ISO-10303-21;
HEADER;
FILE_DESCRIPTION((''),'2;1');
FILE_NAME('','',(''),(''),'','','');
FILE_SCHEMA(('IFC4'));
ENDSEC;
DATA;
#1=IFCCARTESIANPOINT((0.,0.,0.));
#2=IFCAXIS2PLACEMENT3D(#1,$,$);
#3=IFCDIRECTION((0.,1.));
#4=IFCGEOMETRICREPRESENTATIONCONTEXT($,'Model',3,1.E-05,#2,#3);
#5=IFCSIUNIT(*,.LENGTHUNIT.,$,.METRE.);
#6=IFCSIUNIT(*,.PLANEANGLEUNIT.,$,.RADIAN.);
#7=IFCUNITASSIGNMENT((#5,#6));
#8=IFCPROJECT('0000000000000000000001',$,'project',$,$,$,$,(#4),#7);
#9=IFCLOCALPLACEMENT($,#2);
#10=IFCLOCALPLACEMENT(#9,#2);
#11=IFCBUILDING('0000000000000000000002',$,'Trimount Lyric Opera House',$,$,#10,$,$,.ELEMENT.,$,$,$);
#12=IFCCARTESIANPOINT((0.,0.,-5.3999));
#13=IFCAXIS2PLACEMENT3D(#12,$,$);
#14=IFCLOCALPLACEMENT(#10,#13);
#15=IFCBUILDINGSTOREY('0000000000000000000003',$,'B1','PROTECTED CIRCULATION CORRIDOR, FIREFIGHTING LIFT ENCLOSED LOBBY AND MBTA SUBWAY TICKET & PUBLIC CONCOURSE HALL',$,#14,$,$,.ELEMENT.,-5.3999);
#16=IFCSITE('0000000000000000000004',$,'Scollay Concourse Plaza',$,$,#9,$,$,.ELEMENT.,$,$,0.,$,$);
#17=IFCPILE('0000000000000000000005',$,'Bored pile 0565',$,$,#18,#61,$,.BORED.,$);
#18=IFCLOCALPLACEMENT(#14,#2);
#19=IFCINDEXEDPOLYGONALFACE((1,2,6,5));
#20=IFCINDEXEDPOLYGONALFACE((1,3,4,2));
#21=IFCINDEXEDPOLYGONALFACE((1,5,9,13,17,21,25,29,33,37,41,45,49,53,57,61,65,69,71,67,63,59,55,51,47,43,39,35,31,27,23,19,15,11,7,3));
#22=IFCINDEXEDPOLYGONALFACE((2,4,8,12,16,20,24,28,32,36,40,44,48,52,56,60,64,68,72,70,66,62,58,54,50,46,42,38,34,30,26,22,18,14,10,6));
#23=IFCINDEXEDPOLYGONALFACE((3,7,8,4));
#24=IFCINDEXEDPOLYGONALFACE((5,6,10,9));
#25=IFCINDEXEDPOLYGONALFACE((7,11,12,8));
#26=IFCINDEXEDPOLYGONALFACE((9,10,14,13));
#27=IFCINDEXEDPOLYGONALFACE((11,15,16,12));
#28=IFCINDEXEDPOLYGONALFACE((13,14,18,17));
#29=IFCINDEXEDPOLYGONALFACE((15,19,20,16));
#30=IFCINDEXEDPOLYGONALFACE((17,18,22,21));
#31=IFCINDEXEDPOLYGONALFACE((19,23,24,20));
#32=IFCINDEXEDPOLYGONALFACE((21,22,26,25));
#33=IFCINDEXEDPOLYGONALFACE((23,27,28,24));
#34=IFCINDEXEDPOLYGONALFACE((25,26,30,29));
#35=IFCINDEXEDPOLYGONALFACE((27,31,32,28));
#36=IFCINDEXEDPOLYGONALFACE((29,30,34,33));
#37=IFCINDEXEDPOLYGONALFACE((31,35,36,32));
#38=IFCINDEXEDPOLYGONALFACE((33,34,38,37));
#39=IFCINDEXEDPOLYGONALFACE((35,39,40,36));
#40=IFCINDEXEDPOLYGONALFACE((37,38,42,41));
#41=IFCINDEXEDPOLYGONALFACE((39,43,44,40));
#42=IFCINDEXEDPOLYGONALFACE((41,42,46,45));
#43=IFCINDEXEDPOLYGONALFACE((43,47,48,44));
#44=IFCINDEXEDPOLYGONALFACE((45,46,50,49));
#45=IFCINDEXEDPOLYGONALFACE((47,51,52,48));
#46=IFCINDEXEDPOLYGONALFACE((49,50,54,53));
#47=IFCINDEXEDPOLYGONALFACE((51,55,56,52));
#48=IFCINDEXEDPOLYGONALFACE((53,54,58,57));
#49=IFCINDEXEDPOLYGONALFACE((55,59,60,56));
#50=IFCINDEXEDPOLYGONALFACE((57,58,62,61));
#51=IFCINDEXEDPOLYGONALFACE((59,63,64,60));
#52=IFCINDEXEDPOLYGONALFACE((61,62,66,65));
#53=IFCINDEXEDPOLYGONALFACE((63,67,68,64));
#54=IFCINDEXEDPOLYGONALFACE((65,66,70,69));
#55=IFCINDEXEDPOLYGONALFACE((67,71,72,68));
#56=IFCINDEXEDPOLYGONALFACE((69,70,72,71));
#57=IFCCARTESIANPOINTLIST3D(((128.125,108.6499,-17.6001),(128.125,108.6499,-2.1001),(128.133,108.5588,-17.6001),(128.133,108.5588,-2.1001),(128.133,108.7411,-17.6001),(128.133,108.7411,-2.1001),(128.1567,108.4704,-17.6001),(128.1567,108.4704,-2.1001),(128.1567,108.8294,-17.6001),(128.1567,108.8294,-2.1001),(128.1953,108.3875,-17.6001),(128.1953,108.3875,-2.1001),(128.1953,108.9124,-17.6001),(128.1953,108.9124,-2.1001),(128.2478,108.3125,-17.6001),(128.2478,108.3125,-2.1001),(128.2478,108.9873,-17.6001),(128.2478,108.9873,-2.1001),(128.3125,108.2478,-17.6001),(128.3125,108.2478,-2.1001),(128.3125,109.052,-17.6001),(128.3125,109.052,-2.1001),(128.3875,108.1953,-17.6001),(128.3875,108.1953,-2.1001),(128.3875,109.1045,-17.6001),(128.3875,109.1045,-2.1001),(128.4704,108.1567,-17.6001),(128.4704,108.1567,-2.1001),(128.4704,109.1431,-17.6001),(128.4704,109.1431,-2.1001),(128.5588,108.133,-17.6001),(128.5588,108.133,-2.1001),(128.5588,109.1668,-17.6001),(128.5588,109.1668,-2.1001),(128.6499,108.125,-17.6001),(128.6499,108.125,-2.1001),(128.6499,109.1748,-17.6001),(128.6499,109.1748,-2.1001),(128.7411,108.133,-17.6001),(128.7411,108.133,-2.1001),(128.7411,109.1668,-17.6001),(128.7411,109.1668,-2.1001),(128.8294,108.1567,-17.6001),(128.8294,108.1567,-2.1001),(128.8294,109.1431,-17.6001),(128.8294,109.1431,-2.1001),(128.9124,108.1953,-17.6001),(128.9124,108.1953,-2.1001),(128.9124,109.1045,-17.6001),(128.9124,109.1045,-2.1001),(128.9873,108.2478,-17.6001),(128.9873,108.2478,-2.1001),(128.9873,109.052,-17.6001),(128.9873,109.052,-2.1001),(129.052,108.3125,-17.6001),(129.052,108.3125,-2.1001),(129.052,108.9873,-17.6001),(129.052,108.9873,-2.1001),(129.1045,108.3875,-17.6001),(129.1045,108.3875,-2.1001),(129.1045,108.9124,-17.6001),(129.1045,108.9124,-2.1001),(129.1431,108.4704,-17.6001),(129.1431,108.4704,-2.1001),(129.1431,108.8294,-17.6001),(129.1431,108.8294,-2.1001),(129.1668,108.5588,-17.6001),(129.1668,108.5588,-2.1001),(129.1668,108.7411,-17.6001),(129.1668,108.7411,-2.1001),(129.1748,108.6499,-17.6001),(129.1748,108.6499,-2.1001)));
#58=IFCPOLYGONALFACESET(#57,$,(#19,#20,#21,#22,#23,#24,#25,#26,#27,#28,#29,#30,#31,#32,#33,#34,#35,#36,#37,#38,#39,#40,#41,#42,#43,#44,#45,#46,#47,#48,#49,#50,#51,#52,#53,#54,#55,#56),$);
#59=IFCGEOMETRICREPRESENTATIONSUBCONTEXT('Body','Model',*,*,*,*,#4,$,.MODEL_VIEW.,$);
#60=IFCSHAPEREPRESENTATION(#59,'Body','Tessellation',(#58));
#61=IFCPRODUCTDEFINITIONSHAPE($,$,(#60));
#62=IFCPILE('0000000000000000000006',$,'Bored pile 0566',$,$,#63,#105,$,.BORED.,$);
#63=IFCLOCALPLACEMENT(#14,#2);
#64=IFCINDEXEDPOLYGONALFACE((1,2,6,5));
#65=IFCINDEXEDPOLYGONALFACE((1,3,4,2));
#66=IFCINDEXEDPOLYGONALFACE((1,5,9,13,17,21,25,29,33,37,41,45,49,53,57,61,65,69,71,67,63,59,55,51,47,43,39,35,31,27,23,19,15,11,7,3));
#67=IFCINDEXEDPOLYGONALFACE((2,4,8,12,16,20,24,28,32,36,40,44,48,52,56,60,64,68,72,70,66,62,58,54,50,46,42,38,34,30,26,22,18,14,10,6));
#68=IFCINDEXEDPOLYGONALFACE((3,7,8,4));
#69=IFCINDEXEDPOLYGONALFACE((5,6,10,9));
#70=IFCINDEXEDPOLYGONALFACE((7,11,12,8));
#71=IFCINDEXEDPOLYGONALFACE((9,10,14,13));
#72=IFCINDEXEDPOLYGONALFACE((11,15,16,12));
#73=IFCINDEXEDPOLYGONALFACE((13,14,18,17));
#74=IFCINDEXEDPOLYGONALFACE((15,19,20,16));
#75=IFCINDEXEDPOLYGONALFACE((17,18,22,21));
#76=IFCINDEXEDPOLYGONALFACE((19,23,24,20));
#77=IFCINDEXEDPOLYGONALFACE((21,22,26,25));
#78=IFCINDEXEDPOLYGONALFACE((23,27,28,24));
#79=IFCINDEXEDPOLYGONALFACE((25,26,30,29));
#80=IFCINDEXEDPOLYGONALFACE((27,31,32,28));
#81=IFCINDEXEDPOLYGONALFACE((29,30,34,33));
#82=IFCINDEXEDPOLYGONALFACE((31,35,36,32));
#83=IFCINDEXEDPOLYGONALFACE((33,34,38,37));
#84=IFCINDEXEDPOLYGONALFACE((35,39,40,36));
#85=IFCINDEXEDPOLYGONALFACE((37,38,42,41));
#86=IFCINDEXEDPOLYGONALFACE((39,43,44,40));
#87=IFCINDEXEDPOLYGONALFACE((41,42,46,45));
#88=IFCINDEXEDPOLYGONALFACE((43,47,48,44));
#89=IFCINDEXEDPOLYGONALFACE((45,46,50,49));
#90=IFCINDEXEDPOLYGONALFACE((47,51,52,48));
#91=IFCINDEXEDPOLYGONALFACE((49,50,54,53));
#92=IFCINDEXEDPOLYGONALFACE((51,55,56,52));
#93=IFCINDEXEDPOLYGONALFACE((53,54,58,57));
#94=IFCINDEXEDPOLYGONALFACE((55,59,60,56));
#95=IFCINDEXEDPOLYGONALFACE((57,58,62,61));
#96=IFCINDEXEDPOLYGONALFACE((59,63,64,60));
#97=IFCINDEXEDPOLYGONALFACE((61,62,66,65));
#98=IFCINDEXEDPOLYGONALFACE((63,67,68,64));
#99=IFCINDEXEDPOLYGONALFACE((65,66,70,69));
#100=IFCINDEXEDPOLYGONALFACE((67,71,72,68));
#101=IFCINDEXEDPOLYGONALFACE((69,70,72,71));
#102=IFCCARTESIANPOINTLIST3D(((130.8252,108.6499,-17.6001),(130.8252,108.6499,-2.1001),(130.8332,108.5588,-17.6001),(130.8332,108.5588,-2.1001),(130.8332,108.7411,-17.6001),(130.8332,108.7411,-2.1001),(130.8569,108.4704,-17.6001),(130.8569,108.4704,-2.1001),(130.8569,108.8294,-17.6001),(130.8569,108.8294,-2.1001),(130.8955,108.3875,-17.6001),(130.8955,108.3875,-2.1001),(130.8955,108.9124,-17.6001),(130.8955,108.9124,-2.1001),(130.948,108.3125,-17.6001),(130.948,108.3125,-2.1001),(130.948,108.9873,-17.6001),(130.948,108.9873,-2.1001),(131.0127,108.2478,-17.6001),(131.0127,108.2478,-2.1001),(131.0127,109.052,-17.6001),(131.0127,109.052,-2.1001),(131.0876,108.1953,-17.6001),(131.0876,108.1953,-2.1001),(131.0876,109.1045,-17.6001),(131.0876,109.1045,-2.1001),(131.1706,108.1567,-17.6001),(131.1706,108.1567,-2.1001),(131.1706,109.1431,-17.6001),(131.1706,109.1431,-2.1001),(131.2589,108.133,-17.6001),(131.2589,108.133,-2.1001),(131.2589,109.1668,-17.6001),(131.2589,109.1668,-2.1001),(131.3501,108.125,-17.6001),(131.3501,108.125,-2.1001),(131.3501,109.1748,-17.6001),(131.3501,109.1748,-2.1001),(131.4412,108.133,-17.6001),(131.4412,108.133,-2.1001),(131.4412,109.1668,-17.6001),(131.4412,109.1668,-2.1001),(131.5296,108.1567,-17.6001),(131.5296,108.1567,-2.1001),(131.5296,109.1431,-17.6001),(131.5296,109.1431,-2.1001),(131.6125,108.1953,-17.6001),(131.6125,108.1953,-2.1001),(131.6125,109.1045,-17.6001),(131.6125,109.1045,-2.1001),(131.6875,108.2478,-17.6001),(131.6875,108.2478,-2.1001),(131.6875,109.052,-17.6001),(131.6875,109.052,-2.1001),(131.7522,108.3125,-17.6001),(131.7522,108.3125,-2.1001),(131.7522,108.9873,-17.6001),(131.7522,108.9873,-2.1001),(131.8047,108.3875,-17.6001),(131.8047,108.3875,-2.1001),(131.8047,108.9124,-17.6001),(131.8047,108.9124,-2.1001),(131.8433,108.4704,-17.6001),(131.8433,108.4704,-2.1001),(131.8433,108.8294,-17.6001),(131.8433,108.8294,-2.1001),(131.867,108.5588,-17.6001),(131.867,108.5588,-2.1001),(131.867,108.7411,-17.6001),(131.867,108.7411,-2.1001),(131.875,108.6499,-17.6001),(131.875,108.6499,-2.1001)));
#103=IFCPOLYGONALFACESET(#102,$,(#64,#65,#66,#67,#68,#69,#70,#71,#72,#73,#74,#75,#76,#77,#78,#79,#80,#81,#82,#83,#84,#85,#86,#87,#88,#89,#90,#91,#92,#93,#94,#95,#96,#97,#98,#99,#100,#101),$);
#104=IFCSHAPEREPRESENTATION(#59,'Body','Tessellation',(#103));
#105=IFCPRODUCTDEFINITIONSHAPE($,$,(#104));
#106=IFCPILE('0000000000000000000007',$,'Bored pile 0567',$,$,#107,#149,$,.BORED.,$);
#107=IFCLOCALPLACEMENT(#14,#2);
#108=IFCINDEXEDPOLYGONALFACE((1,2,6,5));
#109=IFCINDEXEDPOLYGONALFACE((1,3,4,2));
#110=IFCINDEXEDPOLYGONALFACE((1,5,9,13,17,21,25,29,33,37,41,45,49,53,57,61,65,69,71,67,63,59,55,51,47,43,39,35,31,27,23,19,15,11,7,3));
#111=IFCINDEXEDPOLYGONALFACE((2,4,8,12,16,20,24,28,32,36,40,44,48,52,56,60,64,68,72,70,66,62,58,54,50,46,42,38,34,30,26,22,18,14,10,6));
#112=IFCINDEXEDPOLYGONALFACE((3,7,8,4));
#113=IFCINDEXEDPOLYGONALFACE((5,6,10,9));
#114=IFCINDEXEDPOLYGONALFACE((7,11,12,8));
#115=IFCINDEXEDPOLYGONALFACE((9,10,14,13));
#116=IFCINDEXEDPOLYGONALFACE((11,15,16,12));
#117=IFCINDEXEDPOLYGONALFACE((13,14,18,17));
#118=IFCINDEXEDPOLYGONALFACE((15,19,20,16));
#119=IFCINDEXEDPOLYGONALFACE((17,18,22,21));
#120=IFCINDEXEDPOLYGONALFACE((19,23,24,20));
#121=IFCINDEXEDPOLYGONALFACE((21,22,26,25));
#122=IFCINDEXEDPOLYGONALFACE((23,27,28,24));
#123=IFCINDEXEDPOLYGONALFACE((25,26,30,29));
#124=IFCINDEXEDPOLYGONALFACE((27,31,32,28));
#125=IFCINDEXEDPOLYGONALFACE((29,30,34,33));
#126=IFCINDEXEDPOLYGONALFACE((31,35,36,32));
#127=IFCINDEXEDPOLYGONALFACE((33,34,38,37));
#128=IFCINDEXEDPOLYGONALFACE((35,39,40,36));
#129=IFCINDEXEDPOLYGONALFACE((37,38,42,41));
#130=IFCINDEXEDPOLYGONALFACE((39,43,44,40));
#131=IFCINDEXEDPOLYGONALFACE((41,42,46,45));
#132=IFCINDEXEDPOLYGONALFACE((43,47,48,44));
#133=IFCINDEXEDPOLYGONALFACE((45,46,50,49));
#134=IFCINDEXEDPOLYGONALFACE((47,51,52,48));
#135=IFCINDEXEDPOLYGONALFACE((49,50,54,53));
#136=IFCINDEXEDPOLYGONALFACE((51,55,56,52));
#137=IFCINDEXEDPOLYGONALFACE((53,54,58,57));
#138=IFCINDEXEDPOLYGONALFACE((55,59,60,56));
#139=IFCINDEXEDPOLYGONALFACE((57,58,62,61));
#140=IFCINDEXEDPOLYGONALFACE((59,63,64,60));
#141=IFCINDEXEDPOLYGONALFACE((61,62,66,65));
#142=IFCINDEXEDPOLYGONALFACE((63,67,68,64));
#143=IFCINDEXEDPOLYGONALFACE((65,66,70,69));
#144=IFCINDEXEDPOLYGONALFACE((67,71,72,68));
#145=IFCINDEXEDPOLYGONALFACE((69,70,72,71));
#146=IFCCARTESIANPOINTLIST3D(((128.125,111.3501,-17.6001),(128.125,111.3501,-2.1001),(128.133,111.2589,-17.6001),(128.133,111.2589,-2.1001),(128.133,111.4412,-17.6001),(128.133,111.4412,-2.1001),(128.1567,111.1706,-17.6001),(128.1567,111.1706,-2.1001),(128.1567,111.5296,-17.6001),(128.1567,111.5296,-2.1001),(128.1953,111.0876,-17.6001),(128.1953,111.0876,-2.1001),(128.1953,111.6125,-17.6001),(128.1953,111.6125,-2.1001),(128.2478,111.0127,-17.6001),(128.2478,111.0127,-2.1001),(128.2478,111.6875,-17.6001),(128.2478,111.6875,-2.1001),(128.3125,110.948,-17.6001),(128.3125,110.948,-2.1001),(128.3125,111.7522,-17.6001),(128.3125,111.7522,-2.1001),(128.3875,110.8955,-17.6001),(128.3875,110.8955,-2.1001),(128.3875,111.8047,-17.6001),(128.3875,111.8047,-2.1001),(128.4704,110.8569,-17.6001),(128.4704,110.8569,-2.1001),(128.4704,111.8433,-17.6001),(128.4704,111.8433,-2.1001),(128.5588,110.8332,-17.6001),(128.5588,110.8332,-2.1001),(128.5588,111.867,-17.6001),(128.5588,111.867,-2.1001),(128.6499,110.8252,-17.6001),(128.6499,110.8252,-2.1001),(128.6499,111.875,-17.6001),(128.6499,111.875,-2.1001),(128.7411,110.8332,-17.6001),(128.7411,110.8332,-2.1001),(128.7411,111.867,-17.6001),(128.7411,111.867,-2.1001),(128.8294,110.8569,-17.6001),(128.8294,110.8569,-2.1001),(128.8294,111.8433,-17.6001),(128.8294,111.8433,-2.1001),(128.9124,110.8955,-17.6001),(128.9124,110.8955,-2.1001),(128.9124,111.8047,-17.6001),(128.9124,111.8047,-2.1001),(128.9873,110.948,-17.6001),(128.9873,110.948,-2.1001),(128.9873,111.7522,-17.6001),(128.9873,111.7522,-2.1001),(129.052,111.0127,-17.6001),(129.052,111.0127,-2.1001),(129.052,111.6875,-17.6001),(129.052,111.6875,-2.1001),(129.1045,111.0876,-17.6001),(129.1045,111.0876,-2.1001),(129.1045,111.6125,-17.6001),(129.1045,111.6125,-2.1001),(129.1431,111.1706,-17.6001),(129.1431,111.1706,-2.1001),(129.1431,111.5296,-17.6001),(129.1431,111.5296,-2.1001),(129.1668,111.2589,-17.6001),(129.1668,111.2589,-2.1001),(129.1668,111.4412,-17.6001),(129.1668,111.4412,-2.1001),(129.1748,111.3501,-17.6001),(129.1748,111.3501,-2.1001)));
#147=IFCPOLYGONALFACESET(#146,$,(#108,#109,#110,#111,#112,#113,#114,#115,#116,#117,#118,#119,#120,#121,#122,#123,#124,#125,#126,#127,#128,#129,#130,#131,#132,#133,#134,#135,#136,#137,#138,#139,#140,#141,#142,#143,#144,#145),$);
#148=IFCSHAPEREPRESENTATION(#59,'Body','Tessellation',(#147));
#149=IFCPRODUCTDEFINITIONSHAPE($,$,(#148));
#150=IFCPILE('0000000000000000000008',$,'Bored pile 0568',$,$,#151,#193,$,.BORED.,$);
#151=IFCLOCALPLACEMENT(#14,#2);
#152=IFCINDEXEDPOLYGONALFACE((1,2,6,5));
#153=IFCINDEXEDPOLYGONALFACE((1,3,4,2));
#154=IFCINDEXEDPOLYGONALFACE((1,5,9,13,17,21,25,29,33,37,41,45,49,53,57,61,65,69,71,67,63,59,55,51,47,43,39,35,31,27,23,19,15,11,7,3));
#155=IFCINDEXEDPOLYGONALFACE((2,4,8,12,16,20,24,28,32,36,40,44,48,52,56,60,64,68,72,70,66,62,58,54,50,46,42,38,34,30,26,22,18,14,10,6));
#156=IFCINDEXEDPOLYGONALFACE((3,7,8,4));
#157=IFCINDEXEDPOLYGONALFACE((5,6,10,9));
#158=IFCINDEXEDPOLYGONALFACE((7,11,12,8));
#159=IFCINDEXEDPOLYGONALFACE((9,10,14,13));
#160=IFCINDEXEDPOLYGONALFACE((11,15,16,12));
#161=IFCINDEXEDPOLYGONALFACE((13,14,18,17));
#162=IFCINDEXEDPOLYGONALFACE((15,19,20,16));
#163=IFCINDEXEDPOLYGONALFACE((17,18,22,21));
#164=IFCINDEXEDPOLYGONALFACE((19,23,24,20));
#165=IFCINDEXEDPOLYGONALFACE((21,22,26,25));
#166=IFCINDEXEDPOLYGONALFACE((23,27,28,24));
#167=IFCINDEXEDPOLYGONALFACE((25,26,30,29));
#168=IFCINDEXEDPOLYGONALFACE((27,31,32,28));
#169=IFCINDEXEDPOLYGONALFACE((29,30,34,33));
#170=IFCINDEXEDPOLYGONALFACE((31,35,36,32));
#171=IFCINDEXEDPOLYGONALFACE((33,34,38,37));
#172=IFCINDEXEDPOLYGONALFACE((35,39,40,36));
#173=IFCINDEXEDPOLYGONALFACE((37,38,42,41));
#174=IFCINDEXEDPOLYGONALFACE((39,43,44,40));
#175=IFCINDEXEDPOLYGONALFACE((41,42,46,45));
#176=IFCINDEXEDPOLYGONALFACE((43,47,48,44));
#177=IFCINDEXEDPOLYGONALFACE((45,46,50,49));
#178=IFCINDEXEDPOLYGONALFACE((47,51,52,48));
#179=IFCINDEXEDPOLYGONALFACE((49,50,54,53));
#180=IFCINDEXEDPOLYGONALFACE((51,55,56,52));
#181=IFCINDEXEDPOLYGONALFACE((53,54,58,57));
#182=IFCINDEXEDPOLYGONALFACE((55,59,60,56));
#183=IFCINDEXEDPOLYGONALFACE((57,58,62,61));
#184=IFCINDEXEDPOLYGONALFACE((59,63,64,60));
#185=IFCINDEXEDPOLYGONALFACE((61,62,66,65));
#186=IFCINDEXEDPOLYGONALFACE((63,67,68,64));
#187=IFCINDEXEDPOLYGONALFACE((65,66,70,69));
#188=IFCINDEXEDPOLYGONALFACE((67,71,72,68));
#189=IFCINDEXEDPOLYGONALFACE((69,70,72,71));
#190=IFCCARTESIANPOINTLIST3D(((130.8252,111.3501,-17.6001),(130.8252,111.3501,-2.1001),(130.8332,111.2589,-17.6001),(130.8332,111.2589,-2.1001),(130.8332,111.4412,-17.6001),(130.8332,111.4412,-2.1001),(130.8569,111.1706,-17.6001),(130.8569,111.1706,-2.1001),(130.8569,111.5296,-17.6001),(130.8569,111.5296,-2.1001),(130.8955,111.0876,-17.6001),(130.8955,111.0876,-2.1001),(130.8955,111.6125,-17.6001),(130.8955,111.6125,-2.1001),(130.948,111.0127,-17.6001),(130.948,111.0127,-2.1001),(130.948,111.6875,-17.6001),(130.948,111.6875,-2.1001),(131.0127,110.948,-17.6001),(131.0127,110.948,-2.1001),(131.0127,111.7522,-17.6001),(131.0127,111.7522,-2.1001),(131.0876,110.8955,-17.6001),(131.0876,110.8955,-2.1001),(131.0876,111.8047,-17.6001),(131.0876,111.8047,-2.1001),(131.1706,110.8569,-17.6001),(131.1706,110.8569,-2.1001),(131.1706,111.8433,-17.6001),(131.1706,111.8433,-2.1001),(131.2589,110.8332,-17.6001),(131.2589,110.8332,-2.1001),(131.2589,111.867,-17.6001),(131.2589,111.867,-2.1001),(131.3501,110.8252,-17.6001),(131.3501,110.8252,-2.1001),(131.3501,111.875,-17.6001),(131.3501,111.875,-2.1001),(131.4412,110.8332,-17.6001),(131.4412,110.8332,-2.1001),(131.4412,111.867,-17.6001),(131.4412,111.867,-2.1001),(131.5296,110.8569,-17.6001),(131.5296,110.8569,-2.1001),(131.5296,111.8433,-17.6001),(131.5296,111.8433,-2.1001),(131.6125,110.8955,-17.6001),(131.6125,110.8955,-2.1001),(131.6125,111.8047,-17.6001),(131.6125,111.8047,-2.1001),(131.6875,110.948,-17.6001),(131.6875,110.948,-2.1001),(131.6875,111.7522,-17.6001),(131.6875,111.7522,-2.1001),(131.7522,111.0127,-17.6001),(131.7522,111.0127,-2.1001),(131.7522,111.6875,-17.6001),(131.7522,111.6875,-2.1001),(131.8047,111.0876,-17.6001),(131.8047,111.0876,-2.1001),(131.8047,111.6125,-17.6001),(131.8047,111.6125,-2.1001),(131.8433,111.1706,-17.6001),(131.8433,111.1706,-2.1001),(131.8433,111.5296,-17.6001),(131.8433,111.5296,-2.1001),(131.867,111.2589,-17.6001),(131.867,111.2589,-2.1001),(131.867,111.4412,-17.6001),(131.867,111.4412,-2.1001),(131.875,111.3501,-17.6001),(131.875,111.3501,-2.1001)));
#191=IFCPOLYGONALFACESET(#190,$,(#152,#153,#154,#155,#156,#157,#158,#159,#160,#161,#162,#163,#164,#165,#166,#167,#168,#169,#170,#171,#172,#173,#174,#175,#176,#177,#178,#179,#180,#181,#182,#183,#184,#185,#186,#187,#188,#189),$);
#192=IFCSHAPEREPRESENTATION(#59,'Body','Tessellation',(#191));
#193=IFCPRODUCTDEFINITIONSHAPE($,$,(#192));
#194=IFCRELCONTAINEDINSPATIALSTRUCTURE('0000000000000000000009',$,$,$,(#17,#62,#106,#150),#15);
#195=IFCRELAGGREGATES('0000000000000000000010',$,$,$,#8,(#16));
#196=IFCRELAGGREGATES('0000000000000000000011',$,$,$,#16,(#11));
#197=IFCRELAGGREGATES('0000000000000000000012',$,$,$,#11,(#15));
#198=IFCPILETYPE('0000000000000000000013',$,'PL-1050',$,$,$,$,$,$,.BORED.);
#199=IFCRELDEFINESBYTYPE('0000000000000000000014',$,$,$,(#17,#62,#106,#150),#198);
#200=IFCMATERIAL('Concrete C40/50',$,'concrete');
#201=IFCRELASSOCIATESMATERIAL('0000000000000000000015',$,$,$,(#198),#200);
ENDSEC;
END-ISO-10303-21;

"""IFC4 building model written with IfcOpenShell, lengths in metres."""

from ifc_helpers import new_model, si_unit, direction, frame, origin, origin_2d, place, context, subcontext, project, spatial, circle, extrude, material, material_profile, profile_set, type_object, element, save


model = new_model("IFC4")

# Units and contexts
model_context = context("Model", 3, precision=1e-05, world=origin(), true_north=direction((0.0, 1.0)))
body_context = subcontext(model_context, "Body", "Model", "MODEL_VIEW")
ifc_project = project(units=[si_unit("LENGTHUNIT", "METRE"), si_unit("PLANEANGLEUNIT", "RADIAN")], contexts=[model_context])

# Site, building, storey
site_placement = place(None, origin())
site = spatial("IfcSite", under=ifc_project, at=site_placement, Name="Scollay Concourse Plaza", CompositionType="ELEMENT", RefElevation=0.0)
building_placement = place(site_placement, origin())
building = spatial("IfcBuilding", under=site, at=building_placement, Name="Trimount Lyric Opera House", CompositionType="ELEMENT")
storey_placement = place(building_placement, frame((0.0, 0.0, -5.3999)))
storey = spatial("IfcBuildingStorey", under=building, at=storey_placement, Name="B1", Description="PROTECTED CIRCULATION CORRIDOR, FIREFIGHTING LIFT ENCLOSED LOBBY AND MBTA SUBWAY TICKET & PUBLIC CONCOURSE HALL", CompositionType="ELEMENT", Elevation=-5.3999)

# Piles
ifc_material_1 = material(Name="Concrete C40/50", Category="concrete")
ifc_material_profile_1 = material_profile(ifc_material_1, circle(Radius=0.5249, at=origin_2d()), Name="PILE-D1050")
ifc_profile_set_1 = profile_set([ifc_material_profile_1], Name="Concrete C40/50")
pile_type_1 = type_object("IfcPileType", Name="PL-1050", PredefinedType="BORED", material=ifc_profile_set_1)
for number, where, z_axis, x_axis, name in (
    (1, (128.6499, 108.6499, -2.1001), (0.0, 0.0, -1.0), (1.0, 0.0, 0.0), "Bored pile 0565"),
    (2, (131.3501, 108.6499, -2.1001), (0.0, 0.0, -1.0), (1.0, 0.0, 0.0), "Bored pile 0566"),
    (3, (128.6499, 111.3501, -2.1001), (0.0, 0.0, -1.0), (1.0, 0.0, 0.0), "Bored pile 0567"),
    (4, (131.3501, 111.3501, -2.1001), (0.0, 0.0, -1.0), (1.0, 0.0, 0.0), "Bored pile 0568"),
):
    element("IfcPile", number, at=place(storey_placement, frame(where, z_axis=z_axis, x_axis=x_axis)), inside=storey, type_object=pile_type_1, Name=name, PredefinedType="BORED", context=body_context, shape_type="SweptSolid", body=[
        extrude(circle(Radius=0.5249, at=origin_2d()), origin(), (0.0, 0.0, 1.0), 15.5),
    ])

save(model, "model.ifc")
